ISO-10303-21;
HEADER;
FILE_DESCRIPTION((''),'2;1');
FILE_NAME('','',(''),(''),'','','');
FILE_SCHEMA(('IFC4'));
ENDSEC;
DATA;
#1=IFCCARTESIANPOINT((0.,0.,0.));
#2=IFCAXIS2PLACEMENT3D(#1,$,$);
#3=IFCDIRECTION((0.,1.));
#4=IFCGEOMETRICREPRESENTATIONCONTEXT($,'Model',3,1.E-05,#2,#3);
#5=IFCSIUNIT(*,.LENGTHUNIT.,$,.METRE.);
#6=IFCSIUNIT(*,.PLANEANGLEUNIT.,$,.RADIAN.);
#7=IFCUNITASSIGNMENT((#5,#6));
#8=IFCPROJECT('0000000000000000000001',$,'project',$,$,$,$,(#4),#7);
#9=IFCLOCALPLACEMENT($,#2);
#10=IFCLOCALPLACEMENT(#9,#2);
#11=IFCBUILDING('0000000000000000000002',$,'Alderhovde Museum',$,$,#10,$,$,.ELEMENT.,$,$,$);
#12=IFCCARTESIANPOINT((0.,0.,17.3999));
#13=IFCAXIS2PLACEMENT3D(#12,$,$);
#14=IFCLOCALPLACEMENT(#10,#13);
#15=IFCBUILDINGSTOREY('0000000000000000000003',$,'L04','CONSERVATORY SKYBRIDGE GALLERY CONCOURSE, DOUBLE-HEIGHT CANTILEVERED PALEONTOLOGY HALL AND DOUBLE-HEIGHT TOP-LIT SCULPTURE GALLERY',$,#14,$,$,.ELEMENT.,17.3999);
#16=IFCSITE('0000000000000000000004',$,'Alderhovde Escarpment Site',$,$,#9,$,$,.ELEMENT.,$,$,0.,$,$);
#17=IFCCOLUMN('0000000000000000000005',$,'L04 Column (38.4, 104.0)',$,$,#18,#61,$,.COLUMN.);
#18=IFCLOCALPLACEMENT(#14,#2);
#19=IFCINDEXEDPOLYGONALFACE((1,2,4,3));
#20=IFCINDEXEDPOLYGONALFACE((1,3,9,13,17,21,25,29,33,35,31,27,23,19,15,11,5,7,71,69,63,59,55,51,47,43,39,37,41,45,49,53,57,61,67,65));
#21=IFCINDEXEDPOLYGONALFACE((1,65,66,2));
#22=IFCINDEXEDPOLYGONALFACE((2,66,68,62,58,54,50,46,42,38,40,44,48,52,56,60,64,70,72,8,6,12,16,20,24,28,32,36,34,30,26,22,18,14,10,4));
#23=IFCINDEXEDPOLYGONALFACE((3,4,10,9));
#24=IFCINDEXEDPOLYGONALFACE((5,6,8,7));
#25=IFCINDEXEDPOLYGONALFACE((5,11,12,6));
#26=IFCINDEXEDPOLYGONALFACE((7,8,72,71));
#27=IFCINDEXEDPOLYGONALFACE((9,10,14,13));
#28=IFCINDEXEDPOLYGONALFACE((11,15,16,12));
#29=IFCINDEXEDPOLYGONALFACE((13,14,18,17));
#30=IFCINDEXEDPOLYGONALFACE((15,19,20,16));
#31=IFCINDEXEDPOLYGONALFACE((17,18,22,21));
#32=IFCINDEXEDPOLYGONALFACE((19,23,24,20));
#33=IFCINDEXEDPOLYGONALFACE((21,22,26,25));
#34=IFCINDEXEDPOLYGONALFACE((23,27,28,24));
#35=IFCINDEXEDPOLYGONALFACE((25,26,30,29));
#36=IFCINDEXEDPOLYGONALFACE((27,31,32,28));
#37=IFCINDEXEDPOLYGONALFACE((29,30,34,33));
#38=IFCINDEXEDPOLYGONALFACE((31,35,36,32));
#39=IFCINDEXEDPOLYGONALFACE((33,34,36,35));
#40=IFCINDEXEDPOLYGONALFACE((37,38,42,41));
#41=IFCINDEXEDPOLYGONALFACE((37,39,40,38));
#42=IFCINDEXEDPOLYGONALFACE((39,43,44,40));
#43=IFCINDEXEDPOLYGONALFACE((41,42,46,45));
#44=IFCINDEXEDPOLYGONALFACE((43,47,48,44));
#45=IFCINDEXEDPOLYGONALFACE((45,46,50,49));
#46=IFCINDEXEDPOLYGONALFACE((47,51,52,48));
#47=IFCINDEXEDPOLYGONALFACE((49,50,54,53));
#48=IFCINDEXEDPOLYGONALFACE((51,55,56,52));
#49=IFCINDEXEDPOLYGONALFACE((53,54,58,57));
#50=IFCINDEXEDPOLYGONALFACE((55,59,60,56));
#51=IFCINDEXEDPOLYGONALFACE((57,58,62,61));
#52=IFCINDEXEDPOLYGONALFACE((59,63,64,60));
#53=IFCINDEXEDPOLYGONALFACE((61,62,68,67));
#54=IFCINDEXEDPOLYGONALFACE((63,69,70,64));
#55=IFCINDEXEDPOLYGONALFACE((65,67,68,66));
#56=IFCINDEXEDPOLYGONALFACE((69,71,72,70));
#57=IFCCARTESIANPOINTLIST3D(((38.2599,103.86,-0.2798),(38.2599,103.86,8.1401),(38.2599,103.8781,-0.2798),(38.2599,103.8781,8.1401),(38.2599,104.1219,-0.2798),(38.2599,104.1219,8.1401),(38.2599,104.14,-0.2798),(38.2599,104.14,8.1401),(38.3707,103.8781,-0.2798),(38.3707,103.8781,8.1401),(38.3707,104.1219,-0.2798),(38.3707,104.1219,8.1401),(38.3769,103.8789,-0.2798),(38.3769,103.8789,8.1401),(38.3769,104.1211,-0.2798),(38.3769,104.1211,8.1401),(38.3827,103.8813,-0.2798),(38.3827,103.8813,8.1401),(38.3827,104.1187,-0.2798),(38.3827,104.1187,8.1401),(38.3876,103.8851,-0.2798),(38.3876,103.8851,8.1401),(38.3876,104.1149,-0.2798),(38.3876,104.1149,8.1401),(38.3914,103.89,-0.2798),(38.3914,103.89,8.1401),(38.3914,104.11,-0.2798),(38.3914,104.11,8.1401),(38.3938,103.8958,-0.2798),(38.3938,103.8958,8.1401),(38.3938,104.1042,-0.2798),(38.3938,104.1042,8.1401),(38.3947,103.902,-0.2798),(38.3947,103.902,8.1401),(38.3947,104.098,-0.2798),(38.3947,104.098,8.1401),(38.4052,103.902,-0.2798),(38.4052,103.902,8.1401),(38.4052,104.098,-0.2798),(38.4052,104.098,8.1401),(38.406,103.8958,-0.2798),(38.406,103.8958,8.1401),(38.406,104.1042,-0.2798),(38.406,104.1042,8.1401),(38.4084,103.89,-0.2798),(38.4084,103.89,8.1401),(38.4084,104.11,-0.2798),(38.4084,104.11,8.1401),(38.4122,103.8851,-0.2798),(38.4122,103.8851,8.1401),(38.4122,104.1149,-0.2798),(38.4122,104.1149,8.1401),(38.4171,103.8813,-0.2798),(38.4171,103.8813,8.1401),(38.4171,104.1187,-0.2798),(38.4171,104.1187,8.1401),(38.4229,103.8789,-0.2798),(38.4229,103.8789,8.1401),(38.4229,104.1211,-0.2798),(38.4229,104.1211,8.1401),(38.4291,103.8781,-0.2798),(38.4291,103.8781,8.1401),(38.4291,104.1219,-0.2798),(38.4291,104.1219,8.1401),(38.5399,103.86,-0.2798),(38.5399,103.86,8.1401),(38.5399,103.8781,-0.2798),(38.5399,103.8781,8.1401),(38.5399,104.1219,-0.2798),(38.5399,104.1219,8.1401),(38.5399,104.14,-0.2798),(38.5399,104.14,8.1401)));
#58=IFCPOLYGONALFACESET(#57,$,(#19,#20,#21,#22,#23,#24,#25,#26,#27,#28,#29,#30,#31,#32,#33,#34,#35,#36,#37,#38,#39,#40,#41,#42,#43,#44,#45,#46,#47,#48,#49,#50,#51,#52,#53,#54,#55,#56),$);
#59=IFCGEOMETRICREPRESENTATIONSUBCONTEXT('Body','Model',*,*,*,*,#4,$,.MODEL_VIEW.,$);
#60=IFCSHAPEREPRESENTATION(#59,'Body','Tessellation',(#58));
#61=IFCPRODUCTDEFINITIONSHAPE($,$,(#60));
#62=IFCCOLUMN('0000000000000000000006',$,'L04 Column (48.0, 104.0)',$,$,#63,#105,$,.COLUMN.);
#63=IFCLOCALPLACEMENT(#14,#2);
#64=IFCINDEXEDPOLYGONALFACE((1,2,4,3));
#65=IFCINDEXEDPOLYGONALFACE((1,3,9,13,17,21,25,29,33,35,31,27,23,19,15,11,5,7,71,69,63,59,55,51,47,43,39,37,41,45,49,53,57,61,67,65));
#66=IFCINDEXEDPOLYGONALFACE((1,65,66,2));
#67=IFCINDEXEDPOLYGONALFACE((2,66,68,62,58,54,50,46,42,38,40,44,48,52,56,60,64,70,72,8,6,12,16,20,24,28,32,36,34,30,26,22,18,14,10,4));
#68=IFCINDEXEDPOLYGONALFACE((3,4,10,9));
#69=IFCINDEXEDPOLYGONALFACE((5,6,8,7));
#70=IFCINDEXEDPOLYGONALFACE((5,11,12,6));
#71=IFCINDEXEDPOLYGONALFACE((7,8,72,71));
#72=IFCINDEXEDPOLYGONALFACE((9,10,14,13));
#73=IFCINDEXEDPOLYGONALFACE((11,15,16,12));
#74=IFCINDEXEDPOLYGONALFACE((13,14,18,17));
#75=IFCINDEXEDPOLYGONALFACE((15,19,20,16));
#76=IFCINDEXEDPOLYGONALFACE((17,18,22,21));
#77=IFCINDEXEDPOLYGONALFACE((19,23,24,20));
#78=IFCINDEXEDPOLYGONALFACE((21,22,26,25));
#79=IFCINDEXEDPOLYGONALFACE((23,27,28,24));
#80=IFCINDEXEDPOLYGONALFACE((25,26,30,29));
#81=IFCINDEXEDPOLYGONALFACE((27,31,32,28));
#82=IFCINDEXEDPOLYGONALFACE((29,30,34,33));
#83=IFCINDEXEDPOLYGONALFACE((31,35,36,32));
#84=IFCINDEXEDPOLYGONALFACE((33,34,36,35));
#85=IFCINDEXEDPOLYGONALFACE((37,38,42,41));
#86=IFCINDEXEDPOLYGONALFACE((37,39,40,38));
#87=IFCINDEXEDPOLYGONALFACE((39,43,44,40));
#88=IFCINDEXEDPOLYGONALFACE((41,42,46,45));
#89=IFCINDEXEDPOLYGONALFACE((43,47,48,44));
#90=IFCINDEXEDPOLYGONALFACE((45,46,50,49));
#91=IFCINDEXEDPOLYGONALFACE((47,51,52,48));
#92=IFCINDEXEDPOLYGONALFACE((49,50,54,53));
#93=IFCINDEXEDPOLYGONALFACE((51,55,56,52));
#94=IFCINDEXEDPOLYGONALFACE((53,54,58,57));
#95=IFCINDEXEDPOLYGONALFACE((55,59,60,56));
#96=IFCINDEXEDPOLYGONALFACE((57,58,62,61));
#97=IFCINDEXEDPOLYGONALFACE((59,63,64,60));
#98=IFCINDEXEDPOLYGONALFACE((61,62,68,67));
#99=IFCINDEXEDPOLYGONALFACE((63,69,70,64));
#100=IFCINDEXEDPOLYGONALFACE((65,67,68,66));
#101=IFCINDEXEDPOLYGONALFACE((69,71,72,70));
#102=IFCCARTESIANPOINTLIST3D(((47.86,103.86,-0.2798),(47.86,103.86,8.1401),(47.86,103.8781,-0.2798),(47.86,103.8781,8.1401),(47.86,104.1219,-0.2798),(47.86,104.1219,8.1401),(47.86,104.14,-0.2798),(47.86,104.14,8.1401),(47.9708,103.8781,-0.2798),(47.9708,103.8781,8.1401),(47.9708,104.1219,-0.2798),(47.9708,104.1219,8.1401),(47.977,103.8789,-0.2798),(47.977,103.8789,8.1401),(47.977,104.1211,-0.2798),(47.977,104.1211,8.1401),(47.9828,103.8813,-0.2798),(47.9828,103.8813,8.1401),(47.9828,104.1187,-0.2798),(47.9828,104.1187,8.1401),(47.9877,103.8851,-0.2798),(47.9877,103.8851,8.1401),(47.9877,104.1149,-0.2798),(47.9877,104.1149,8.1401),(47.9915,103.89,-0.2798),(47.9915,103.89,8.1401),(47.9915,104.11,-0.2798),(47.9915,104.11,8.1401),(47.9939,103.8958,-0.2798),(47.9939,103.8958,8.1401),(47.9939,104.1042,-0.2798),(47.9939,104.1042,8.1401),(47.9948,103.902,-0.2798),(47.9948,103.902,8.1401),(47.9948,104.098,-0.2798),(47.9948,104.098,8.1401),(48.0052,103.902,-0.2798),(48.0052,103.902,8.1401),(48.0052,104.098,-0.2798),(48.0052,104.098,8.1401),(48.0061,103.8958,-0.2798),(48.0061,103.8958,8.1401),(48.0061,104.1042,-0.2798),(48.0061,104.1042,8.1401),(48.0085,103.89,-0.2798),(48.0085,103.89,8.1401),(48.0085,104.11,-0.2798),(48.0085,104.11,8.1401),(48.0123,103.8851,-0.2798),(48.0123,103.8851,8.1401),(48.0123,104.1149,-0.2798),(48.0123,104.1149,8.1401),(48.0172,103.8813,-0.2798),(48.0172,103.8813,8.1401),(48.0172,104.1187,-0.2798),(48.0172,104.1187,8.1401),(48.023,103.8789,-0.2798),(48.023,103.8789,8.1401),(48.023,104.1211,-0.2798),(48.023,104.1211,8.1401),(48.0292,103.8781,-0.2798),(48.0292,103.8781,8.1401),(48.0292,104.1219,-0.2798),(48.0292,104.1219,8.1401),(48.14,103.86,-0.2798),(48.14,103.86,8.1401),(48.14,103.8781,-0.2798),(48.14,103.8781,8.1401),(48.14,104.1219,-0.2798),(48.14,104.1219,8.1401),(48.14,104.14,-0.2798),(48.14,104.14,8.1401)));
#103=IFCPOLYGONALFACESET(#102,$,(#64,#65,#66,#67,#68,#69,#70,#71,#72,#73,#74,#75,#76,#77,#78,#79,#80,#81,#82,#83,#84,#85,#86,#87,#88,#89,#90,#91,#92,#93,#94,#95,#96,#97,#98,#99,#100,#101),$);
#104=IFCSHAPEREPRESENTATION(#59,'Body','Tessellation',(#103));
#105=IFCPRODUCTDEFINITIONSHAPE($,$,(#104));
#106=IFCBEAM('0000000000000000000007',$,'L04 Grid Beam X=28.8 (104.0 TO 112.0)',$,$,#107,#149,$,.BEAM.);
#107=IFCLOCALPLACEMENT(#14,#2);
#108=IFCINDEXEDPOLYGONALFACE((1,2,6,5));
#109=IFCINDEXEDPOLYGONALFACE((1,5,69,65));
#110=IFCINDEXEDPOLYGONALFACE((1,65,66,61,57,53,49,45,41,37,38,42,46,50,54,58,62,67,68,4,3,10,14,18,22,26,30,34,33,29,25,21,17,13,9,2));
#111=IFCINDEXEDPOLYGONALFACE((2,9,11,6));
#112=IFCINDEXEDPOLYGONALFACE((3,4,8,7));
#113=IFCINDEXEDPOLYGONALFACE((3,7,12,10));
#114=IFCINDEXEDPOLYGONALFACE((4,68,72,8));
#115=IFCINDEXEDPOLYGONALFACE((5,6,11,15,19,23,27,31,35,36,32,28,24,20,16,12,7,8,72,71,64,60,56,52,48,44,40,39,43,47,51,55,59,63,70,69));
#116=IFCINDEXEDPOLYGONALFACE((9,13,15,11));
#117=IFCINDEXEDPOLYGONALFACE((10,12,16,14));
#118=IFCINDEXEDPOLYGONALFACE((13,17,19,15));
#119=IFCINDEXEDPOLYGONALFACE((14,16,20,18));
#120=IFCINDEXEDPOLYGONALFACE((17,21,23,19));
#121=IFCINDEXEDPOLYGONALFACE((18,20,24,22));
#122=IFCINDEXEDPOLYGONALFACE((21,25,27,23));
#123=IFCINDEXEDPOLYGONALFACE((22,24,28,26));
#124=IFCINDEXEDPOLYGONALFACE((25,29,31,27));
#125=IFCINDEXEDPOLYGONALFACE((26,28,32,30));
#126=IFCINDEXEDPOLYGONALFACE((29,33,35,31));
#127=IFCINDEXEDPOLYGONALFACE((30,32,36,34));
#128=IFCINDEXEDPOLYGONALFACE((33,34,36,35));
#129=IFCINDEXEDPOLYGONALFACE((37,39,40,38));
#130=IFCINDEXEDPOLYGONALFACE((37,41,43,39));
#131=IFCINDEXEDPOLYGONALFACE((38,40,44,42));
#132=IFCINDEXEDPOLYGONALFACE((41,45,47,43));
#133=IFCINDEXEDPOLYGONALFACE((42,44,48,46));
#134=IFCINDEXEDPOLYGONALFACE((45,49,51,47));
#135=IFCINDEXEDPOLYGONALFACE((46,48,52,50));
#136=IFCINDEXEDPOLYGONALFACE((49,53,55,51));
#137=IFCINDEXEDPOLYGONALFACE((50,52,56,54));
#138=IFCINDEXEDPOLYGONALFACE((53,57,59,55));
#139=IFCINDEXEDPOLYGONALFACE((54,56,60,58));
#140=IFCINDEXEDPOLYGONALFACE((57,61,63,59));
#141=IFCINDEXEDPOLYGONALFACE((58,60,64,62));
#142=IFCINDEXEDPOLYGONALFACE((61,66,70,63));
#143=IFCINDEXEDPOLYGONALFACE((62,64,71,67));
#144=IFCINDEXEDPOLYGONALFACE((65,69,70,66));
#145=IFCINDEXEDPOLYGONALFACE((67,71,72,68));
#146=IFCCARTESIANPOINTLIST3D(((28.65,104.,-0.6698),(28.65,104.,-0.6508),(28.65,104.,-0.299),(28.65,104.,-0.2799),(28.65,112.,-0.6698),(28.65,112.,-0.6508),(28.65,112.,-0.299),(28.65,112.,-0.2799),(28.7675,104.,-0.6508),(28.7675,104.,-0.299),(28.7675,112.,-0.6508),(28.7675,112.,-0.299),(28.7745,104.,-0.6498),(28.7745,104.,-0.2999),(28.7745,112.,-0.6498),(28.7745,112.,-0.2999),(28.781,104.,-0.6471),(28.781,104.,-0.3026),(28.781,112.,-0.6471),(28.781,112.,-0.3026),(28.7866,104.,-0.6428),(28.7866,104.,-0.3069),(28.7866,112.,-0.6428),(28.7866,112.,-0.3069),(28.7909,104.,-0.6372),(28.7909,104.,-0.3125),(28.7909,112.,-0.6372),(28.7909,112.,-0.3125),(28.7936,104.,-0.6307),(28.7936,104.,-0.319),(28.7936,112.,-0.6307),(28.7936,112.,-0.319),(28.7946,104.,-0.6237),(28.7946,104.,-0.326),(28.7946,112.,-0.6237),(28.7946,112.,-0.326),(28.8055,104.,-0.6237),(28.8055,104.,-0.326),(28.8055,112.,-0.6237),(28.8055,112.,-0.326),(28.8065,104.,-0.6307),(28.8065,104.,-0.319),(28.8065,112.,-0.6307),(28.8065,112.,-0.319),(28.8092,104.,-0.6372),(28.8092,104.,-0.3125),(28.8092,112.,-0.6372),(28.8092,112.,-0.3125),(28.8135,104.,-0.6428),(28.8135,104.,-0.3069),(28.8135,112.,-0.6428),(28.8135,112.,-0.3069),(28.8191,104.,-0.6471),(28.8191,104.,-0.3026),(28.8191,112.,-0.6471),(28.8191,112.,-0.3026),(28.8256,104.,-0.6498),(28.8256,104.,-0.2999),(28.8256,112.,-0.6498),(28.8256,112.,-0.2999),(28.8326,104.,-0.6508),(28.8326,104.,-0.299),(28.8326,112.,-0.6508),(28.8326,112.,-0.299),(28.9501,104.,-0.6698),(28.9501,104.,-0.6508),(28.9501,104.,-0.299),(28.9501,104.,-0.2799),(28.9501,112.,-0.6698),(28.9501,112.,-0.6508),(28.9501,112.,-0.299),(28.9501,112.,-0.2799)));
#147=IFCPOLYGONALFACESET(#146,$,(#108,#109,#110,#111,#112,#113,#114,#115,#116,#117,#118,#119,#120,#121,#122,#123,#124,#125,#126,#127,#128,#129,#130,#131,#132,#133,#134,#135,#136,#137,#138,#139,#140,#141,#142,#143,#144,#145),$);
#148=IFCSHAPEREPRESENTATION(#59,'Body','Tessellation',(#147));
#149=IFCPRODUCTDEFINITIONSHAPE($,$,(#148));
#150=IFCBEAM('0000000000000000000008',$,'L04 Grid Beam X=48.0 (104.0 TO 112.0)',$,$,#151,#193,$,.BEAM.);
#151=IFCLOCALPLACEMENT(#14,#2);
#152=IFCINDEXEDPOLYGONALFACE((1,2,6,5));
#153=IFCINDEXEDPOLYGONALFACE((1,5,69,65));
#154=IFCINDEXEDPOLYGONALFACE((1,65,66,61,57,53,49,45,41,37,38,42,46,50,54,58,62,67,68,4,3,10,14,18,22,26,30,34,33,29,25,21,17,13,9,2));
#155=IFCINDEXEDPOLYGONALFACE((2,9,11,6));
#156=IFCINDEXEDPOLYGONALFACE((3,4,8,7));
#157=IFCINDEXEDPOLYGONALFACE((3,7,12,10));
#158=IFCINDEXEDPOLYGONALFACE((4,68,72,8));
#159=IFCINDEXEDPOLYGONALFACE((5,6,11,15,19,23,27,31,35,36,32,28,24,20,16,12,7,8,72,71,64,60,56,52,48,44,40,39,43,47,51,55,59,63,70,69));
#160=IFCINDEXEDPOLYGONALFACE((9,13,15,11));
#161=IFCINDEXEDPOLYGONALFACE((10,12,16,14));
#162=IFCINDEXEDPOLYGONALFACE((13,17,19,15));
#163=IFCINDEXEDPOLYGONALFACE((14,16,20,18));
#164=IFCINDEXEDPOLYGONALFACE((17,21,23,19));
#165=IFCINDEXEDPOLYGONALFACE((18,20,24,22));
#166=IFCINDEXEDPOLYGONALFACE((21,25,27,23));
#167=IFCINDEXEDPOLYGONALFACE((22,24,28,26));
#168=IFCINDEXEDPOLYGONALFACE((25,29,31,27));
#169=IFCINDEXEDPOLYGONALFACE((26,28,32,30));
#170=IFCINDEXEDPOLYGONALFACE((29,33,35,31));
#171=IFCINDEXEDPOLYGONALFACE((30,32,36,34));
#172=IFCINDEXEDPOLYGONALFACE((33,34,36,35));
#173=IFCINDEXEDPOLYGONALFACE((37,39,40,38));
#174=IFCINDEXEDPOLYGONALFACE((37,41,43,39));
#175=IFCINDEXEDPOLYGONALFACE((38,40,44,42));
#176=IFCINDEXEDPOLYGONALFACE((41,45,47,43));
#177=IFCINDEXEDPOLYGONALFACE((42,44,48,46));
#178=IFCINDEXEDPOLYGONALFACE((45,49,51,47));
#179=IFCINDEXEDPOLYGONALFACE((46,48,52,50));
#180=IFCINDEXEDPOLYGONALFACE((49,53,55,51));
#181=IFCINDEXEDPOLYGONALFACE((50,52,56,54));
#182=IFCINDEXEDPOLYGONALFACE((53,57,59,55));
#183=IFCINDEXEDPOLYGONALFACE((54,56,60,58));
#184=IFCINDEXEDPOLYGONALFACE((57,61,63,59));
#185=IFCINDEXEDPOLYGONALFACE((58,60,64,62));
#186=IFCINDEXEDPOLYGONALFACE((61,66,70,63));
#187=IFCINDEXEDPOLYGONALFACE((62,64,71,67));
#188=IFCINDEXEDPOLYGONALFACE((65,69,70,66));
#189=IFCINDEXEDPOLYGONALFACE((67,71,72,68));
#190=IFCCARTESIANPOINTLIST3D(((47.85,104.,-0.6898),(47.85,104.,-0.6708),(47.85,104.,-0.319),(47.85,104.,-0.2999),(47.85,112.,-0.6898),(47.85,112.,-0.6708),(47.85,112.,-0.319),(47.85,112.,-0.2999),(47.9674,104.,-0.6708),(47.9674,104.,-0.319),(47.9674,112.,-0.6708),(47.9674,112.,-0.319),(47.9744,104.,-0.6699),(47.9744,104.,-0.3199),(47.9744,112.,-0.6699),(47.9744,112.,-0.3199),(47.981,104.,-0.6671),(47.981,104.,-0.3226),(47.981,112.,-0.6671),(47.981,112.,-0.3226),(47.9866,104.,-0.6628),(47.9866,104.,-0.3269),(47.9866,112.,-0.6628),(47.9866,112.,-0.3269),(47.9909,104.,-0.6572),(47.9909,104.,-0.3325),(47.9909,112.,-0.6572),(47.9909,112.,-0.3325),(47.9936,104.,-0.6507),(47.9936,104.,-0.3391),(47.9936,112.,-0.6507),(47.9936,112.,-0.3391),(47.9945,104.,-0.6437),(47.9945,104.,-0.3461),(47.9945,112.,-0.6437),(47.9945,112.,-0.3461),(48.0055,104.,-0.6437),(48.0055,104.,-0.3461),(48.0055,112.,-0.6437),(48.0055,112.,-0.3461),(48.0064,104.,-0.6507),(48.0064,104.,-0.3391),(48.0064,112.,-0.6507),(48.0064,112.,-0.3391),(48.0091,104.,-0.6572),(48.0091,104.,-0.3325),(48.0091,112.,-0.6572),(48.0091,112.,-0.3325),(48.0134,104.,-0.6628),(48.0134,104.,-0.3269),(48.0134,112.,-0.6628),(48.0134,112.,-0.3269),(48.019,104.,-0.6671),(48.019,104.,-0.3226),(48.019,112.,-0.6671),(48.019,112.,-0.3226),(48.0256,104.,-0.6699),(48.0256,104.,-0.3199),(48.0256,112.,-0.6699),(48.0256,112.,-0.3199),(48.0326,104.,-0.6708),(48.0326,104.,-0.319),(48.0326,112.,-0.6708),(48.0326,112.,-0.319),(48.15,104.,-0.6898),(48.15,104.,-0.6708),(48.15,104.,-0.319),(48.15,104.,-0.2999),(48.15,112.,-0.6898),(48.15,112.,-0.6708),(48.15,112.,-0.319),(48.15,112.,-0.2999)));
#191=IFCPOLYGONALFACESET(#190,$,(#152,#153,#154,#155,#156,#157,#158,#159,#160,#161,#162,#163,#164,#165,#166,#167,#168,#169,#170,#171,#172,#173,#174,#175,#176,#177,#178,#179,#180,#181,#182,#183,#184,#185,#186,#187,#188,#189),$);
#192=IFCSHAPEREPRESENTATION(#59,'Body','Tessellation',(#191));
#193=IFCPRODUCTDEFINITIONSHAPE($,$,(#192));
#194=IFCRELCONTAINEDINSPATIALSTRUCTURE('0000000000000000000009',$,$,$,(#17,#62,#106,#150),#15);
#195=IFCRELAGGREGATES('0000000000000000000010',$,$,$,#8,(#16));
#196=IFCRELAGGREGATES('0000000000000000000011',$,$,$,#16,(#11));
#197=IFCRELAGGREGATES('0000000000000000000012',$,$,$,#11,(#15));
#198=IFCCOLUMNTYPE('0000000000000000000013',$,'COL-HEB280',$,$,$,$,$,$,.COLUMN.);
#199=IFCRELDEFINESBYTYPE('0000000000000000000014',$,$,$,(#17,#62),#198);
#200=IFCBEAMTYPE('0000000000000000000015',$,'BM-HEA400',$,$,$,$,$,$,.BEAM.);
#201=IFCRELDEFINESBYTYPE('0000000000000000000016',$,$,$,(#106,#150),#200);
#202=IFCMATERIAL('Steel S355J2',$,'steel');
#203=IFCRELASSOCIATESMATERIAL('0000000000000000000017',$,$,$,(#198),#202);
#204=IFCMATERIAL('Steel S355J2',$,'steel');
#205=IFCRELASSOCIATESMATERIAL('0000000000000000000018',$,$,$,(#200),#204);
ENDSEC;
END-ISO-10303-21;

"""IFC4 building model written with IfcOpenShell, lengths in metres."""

from ifc_helpers import new_model, si_unit, direction, frame, origin, origin_2d, place, context, subcontext, project, spatial, i_section, extrude, material, material_profile, profile_set, type_object, element, save


model = new_model("IFC4")

# Units and contexts
model_context = context("Model", 3, precision=1e-05, world=origin(), true_north=direction((0.0, 1.0)))
body_context = subcontext(model_context, "Body", "Model", "MODEL_VIEW")
ifc_project = project(units=[si_unit("LENGTHUNIT", "METRE"), si_unit("PLANEANGLEUNIT", "RADIAN")], contexts=[model_context])

# Site, building, storey
site_placement = place(None, origin())
site = spatial("IfcSite", under=ifc_project, at=site_placement, Name="Alderhovde Escarpment Site", CompositionType="ELEMENT", RefElevation=0.0)
building_placement = place(site_placement, origin())
building = spatial("IfcBuilding", under=site, at=building_placement, Name="Alderhovde Museum", CompositionType="ELEMENT")
storey_placement = place(building_placement, frame((0.0, 0.0, 17.3999)))
storey = spatial("IfcBuildingStorey", under=building, at=storey_placement, Name="L04", Description="CONSERVATORY SKYBRIDGE GALLERY CONCOURSE, DOUBLE-HEIGHT CANTILEVERED PALEONTOLOGY HALL AND DOUBLE-HEIGHT TOP-LIT SCULPTURE GALLERY", CompositionType="ELEMENT", Elevation=17.3999)

# Columns
ifc_material_1 = material(Name="Steel S355J2", Category="steel")
ifc_material_profile_1 = material_profile(ifc_material_1, i_section(OverallWidth=0.28, OverallDepth=0.28, WebThickness=0.0105, FlangeThickness=0.0181, FilletRadius=0.0239, at=origin_2d()), Name="HEB 280")
ifc_profile_set_1 = profile_set([ifc_material_profile_1], Name="Steel S355J2")
column_type_1 = type_object("IfcColumnType", Name="COL-HEB280", PredefinedType="COLUMN", material=ifc_profile_set_1)
for number, where, z_axis, x_axis, name in (
    (1, (38.3999, 104.0, -0.2798), (0.0, 0.0, 1.0), (1.0, 0.0, 0.0), "L04 Column (38.4, 104.0)"),
    (2, (48.0, 104.0, -0.2798), (0.0, 0.0, 1.0), (1.0, 0.0, 0.0), "L04 Column (48.0, 104.0)"),
):
    element("IfcColumn", number, at=place(storey_placement, frame(where, z_axis=z_axis, x_axis=x_axis)), inside=storey, type_object=column_type_1, Name=name, PredefinedType="COLUMN", context=body_context, shape_type="SweptSolid", body=[
        extrude(i_section(OverallWidth=0.28, OverallDepth=0.28, WebThickness=0.0105, FlangeThickness=0.0181, FilletRadius=0.0239, at=origin_2d()), origin(), (0.0, 0.0, 1.0), 8.4199),
    ])

# Beams
ifc_material_2 = material(Name="Steel S355J2", Category="steel")
ifc_material_profile_2 = material_profile(ifc_material_2, i_section(OverallWidth=0.3, OverallDepth=0.3899, WebThickness=0.011, FlangeThickness=0.019, FilletRadius=0.0271, at=origin_2d()), Name="HEA 400")
ifc_profile_set_2 = profile_set([ifc_material_profile_2], Name="Steel S355J2")
beam_type_1 = type_object("IfcBeamType", Name="BM-HEA400", PredefinedType="BEAM", material=ifc_profile_set_2)
for number, where, z_axis, x_axis, name in (
    (3, (28.8, 104.0, -0.4749), (0.0, 1.0, 0.0), (-1.0, 0.0, 0.0), "L04 Grid Beam X=28.8 (104.0 TO 112.0)"),
    (4, (48.0, 104.0, -0.4949), (0.0, 1.0, 0.0), (-1.0, 0.0, 0.0), "L04 Grid Beam X=48.0 (104.0 TO 112.0)"),
):
    element("IfcBeam", number, at=place(storey_placement, frame(where, z_axis=z_axis, x_axis=x_axis)), inside=storey, type_object=beam_type_1, Name=name, PredefinedType="BEAM", context=body_context, shape_type="SweptSolid", body=[
        extrude(i_section(OverallWidth=0.3, OverallDepth=0.3899, WebThickness=0.011, FlangeThickness=0.019, FilletRadius=0.0271, at=origin_2d()), origin(), (0.0, 0.0, 1.0), 8.0),
    ])

save(model, "model.ifc")
